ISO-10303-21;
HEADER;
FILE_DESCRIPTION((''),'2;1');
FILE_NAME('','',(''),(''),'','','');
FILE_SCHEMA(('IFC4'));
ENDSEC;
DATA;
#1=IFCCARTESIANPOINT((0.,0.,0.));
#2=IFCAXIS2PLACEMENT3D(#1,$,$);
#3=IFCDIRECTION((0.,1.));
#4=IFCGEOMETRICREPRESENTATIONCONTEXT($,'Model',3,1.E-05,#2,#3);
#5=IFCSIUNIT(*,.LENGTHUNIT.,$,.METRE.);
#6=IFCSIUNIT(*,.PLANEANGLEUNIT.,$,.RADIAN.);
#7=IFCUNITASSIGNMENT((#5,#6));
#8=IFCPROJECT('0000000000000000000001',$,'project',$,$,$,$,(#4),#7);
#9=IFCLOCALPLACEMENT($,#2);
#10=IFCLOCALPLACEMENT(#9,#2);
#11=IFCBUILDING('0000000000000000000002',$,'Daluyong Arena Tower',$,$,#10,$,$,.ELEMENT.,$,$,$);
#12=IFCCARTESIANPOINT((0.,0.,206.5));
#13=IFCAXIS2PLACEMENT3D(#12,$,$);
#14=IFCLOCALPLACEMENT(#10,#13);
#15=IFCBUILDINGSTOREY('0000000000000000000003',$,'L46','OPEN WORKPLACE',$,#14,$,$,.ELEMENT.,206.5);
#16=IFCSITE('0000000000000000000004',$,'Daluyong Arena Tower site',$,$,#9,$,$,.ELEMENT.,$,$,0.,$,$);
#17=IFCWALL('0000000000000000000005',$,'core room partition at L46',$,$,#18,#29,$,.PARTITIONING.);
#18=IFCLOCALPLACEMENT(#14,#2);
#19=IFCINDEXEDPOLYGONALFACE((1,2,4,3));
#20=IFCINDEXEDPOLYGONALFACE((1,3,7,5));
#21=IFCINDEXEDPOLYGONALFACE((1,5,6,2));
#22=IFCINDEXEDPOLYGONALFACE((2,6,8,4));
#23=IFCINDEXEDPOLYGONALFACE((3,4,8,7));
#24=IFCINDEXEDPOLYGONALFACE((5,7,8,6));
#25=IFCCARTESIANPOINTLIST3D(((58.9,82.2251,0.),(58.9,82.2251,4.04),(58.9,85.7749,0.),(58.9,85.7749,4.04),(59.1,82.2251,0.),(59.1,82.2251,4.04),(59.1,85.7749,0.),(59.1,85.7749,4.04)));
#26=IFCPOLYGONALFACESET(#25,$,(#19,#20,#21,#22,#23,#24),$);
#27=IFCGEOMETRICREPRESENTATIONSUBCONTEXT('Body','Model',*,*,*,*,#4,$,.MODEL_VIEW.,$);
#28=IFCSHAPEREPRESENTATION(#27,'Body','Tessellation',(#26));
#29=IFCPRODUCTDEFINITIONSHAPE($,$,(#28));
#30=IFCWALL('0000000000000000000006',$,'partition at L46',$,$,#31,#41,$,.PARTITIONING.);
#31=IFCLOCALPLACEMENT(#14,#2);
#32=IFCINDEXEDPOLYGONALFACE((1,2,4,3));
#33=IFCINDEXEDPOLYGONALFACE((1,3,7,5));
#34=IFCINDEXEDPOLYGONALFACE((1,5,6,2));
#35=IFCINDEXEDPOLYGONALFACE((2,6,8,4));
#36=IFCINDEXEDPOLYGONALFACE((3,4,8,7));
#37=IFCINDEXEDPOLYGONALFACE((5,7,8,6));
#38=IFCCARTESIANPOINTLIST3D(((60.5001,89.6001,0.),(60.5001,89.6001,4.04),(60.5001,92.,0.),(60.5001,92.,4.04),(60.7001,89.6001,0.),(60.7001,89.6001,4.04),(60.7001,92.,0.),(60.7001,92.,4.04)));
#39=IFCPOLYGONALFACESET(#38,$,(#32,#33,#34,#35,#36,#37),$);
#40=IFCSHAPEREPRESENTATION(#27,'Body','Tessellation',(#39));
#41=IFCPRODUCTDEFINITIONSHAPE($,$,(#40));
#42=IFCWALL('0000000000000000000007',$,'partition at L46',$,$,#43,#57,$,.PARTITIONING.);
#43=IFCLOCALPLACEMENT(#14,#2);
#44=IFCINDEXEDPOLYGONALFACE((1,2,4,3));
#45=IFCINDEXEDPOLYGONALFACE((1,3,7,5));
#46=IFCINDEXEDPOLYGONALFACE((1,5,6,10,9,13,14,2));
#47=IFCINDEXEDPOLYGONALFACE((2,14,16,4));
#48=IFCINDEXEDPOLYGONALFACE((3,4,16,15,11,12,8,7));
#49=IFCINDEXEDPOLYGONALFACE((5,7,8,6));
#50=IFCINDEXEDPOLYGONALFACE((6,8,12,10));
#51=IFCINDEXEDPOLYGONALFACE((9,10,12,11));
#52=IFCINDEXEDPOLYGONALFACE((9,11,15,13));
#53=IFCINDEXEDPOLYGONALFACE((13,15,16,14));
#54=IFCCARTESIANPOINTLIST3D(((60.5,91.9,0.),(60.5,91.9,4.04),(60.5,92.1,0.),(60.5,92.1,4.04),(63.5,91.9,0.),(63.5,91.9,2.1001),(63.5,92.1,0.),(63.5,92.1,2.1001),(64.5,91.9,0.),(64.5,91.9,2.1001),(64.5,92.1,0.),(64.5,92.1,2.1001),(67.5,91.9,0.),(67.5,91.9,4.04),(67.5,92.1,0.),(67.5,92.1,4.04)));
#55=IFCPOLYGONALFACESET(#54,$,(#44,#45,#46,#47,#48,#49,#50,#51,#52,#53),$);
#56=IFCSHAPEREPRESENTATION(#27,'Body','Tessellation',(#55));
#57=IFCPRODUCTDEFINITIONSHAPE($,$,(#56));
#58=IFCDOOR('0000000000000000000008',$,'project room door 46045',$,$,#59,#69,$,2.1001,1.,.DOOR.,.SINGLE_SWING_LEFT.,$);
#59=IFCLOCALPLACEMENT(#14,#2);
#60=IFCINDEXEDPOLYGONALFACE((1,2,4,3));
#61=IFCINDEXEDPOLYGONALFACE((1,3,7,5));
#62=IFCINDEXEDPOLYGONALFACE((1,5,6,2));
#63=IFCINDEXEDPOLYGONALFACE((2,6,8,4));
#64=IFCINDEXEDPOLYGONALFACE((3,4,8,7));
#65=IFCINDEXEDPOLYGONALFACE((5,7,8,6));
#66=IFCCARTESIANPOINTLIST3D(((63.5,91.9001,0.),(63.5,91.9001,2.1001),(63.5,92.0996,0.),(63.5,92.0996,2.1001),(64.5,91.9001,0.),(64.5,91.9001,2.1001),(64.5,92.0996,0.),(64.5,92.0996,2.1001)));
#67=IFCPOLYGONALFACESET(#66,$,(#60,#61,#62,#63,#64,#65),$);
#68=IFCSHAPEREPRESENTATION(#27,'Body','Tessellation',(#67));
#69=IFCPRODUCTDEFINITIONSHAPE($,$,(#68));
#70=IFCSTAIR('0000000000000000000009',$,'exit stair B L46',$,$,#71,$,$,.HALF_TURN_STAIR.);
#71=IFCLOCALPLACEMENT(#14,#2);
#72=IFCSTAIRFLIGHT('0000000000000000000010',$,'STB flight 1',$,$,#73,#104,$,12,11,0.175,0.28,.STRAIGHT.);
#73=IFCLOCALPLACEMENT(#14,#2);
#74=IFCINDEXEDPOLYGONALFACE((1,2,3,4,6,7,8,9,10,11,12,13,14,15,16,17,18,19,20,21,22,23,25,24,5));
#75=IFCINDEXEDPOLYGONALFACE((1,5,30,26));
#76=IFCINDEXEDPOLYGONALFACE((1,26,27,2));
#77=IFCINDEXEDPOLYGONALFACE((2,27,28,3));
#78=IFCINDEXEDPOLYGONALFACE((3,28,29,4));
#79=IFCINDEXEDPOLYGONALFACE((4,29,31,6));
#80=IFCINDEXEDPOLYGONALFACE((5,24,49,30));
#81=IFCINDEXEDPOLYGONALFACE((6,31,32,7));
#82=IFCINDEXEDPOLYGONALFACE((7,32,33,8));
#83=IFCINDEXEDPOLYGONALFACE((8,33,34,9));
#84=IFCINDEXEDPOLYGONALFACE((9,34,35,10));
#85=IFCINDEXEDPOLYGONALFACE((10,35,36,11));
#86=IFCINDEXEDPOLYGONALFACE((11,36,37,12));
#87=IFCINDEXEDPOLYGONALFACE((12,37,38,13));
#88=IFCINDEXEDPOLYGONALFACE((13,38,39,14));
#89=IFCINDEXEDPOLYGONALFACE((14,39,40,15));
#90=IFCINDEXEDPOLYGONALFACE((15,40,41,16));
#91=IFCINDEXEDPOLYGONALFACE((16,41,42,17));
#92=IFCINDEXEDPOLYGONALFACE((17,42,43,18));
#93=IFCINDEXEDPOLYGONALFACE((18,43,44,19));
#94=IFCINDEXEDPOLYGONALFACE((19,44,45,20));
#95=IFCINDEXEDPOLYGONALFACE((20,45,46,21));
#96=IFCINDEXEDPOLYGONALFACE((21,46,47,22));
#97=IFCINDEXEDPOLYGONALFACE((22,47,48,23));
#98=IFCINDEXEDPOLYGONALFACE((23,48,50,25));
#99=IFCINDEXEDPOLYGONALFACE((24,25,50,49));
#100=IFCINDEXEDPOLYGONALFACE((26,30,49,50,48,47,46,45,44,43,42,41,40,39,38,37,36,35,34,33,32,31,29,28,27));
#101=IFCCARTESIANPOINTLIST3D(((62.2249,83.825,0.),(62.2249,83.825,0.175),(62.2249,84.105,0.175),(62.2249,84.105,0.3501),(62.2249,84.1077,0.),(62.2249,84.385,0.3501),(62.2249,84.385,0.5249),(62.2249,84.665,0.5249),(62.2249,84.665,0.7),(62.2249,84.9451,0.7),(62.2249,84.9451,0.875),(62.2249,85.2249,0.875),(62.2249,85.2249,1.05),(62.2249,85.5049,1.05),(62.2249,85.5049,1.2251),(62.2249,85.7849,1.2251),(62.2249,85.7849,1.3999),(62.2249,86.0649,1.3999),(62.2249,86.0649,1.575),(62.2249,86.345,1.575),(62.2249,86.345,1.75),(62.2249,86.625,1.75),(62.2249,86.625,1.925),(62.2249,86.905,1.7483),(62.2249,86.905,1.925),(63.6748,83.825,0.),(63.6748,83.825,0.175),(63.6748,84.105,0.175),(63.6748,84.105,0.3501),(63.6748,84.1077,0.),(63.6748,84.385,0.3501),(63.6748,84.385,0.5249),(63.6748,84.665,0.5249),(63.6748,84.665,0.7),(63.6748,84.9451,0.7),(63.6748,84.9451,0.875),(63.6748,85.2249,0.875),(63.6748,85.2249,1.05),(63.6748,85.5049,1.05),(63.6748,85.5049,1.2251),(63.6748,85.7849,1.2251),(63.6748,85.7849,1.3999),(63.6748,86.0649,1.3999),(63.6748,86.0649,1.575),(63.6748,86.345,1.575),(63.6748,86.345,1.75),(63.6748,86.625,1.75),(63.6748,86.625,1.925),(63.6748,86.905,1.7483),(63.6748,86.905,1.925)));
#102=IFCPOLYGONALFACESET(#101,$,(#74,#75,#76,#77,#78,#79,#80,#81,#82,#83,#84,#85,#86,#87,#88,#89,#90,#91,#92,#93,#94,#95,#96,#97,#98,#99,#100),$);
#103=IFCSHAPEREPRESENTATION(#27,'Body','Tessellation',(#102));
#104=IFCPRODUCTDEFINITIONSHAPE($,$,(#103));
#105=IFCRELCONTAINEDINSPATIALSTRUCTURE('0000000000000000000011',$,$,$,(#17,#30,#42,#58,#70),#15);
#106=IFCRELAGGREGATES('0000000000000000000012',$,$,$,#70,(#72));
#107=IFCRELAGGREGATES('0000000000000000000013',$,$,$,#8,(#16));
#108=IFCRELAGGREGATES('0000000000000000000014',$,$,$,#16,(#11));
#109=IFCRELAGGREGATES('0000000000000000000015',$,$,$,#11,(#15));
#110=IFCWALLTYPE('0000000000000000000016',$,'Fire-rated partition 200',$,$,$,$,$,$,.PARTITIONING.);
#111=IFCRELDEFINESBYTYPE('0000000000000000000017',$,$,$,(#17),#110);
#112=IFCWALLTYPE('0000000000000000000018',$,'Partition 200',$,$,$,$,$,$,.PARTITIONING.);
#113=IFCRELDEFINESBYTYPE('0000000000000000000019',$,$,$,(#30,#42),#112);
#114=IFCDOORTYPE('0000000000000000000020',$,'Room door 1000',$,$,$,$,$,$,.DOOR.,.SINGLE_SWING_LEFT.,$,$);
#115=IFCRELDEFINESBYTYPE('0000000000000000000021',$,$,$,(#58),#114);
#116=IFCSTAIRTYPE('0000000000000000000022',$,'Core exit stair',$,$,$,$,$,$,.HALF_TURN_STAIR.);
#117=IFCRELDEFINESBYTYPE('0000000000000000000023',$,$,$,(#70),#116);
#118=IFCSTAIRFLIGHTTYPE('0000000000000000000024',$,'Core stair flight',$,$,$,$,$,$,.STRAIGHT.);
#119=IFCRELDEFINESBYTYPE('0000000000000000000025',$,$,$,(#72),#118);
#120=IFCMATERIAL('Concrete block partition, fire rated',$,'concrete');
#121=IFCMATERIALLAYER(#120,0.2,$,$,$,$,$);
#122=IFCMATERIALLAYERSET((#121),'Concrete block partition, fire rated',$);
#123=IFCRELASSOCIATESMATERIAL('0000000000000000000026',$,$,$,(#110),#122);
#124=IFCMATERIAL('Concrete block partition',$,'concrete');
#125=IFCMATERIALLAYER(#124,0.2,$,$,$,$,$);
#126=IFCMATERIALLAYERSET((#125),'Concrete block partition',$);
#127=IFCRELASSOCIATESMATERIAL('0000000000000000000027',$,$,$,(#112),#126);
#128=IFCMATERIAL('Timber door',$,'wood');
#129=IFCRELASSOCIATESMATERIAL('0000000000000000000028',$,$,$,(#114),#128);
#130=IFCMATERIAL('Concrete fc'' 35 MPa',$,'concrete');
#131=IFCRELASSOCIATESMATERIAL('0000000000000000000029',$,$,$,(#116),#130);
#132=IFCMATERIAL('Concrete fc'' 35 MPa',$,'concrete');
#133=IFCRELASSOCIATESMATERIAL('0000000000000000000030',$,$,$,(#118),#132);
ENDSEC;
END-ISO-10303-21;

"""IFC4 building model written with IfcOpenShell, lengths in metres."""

from ifc_helpers import new_model, si_unit, direction, frame, frame_2d, origin, place, context, subcontext, project, spatial, polyline, rectangle, outline, extrude, material, layer, layer_set, type_object, element, fill, aggregate, save


model = new_model("IFC4")

# Units and contexts
model_context = context("Model", 3, precision=1e-05, world=origin(), true_north=direction((0.0, 1.0)))
body_context = subcontext(model_context, "Body", "Model", "MODEL_VIEW")
ifc_project = project(units=[si_unit("LENGTHUNIT", "METRE"), si_unit("PLANEANGLEUNIT", "RADIAN")], contexts=[model_context])

# Site, building, storey
site_placement = place(None, origin())
site = spatial("IfcSite", under=ifc_project, at=site_placement, Name="Daluyong Arena Tower site", CompositionType="ELEMENT", RefElevation=0.0)
building_placement = place(site_placement, origin())
building = spatial("IfcBuilding", under=site, at=building_placement, Name="Daluyong Arena Tower", CompositionType="ELEMENT")
storey_placement = place(building_placement, frame((0.0, 0.0, 206.5)))
storey = spatial("IfcBuildingStorey", under=building, at=storey_placement, Name="L46", Description="OPEN WORKPLACE", CompositionType="ELEMENT", Elevation=206.5)

# Shared definitions
ifc_material_1 = material(Name="Concrete block partition, fire rated", Category="concrete")
ifc_layer_1 = layer(ifc_material_1, 0.2)
ifc_layer_set_1 = layer_set([ifc_layer_1], Name="Concrete block partition, fire rated")
wall_type_1 = type_object("IfcWallType", Name="Fire-rated partition 200", PredefinedType="PARTITIONING", material=ifc_layer_set_1)

# Walls
wall_1_placement = place(storey_placement, frame((59.0, 82.2251, 0.0), z_axis=(0.0, 0.0, 1.0), x_axis=(0.0, 1.0, 0.0)))
element("IfcWall", 1, at=wall_1_placement, inside=storey, type_object=wall_type_1, Name="core room partition at L46", PredefinedType="PARTITIONING", context=body_context, shape_type="SweptSolid", body=[
    extrude(rectangle(XDim=3.5498, YDim=0.2, at=frame_2d((1.7749, 0.0))), origin(), (0.0, 0.0, 1.0), 4.04),
])
ifc_material_2 = material(Name="Concrete block partition", Category="concrete")
ifc_layer_2 = layer(ifc_material_2, 0.2)
ifc_layer_set_2 = layer_set([ifc_layer_2], Name="Concrete block partition")
wall_type_2 = type_object("IfcWallType", Name="Partition 200", PredefinedType="PARTITIONING", material=ifc_layer_set_2)
wall_2_placement = place(storey_placement, frame((60.6001, 89.6001, 0.0), z_axis=(0.0, 0.0, 1.0), x_axis=(0.0, 1.0, 0.0)))
element("IfcWall", 2, at=wall_2_placement, inside=storey, type_object=wall_type_2, Name="partition at L46", PredefinedType="PARTITIONING", context=body_context, shape_type="SweptSolid", body=[
    extrude(rectangle(XDim=2.3999, YDim=0.2, at=frame_2d((1.2, 0.0))), origin(), (0.0, 0.0, 1.0), 4.04),
])

# Wall, opening, door
wall_3_placement = place(storey_placement, frame((60.5, 92.0, 0.0), z_axis=(0.0, 0.0, 1.0), x_axis=(1.0, 0.0, 0.0)))
wall_3 = element("IfcWall", 3, at=wall_3_placement, inside=storey, type_object=wall_type_2, Name="partition at L46", PredefinedType="PARTITIONING", context=body_context, shape_type="SweptSolid", body=[
    extrude(rectangle(XDim=7.0, YDim=0.2, at=frame_2d((3.5, 0.0))), origin(), (0.0, 0.0, 1.0), 4.04),
])
opening_1_placement = place(wall_3_placement, frame((3.0, 0.0, 0.0)))
opening_1 = element("IfcOpeningElement", 4, at=opening_1_placement, cuts=wall_3, PredefinedType="OPENING", context=body_context, shape_type="SweptSolid", body=[
    extrude(rectangle(XDim=1.0, YDim=2.1001, at=frame_2d((0.5, 1.05))), frame((0.0, 0.1099, 0.0), z_axis=(0.0, -1.0, 0.0), x_axis=(1.0, 0.0, 0.0)), (0.0, 0.0, 1.0), 0.22),
])
ifc_material_3 = material(Name="Timber door", Category="wood")
door_type_1 = type_object("IfcDoorType", Name="Room door 1000", OperationType="SINGLE_SWING_LEFT", PredefinedType="DOOR", material=ifc_material_3)
door_1_placement = place(opening_1_placement, origin())
door_1 = element("IfcDoor", 5, at=door_1_placement, inside=storey, type_object=door_type_1, Name="project room door 46045", OperationType="SINGLE_SWING_LEFT", OverallHeight=2.1001, OverallWidth=1.0, PredefinedType="DOOR", context=body_context, shape_type="SweptSolid", body=[
    extrude(rectangle(XDim=1.0, YDim=2.1001, at=frame_2d((0.5, 1.05))), frame((0.0, 0.0996, 0.0), z_axis=(0.0, -1.0, 0.0), x_axis=(1.0, 0.0, 0.0)), (0.0, 0.0, 1.0), 0.1995),
])
fill(opening_1, door_1)

# Stair, stair flight
ifc_material_4 = material(Name="Concrete fc' 35 MPa", Category="concrete")
stair_type = type_object("IfcStairType", Name="Core exit stair", PredefinedType="HALF_TURN_STAIR", material=ifc_material_4)
stair_placement = place(storey_placement, origin())
stair = element("IfcStair", 6, at=stair_placement, inside=storey, type_object=stair_type, Name="exit stair B L46", PredefinedType="HALF_TURN_STAIR")
ifc_material_5 = material(Name="Concrete fc' 35 MPa", Category="concrete")
stair_flight_type = type_object("IfcStairFlightType", Name="Core stair flight", PredefinedType="STRAIGHT", material=ifc_material_5)
stair_flight_placement = place(storey_placement, frame((62.95, 83.825, 0.0), z_axis=(0.0, 0.0, 1.0), x_axis=(0.0, 1.0, 0.0)))
stair_flight = element("IfcStairFlight", 7, at=stair_flight_placement, type_object=stair_flight_type, Name="STB flight 1", NumberOfRisers=12, NumberOfTreads=11, PredefinedType="STRAIGHT", RiserHeight=0.175, TreadLength=0.28, context=body_context, shape_type="SweptSolid", body=[
    extrude(outline(polyline([(0.0, 0.0), (0.0, 0.175), (0.28, 0.175), (0.28, 0.3501), (0.5601, 0.3501), (0.5601, 0.5249), (0.8401, 0.5249), (0.8401, 0.7), (1.1201, 0.7), (1.1201, 0.875), (1.3999, 0.875), (1.3999, 1.05), (1.6799, 1.05), (1.6799, 1.2251), (1.96, 1.2251), (1.96, 1.3999), (2.24, 1.3999), (2.24, 1.575), (2.52, 1.575), (2.52, 1.75), (2.8, 1.75), (2.8, 1.925), (3.0801, 1.925), (3.0801, 2.1001), (3.0801, 1.7483), (0.2827, 0.0), (0.0, 0.0)])), frame((0.0, 0.7251, 0.0), z_axis=(0.0, -1.0, 0.0), x_axis=(1.0, 0.0, 0.0)), (0.0, 0.0, 1.0), 1.45),
])
aggregate(stair, [stair_flight])

save(model, "model.ifc")
